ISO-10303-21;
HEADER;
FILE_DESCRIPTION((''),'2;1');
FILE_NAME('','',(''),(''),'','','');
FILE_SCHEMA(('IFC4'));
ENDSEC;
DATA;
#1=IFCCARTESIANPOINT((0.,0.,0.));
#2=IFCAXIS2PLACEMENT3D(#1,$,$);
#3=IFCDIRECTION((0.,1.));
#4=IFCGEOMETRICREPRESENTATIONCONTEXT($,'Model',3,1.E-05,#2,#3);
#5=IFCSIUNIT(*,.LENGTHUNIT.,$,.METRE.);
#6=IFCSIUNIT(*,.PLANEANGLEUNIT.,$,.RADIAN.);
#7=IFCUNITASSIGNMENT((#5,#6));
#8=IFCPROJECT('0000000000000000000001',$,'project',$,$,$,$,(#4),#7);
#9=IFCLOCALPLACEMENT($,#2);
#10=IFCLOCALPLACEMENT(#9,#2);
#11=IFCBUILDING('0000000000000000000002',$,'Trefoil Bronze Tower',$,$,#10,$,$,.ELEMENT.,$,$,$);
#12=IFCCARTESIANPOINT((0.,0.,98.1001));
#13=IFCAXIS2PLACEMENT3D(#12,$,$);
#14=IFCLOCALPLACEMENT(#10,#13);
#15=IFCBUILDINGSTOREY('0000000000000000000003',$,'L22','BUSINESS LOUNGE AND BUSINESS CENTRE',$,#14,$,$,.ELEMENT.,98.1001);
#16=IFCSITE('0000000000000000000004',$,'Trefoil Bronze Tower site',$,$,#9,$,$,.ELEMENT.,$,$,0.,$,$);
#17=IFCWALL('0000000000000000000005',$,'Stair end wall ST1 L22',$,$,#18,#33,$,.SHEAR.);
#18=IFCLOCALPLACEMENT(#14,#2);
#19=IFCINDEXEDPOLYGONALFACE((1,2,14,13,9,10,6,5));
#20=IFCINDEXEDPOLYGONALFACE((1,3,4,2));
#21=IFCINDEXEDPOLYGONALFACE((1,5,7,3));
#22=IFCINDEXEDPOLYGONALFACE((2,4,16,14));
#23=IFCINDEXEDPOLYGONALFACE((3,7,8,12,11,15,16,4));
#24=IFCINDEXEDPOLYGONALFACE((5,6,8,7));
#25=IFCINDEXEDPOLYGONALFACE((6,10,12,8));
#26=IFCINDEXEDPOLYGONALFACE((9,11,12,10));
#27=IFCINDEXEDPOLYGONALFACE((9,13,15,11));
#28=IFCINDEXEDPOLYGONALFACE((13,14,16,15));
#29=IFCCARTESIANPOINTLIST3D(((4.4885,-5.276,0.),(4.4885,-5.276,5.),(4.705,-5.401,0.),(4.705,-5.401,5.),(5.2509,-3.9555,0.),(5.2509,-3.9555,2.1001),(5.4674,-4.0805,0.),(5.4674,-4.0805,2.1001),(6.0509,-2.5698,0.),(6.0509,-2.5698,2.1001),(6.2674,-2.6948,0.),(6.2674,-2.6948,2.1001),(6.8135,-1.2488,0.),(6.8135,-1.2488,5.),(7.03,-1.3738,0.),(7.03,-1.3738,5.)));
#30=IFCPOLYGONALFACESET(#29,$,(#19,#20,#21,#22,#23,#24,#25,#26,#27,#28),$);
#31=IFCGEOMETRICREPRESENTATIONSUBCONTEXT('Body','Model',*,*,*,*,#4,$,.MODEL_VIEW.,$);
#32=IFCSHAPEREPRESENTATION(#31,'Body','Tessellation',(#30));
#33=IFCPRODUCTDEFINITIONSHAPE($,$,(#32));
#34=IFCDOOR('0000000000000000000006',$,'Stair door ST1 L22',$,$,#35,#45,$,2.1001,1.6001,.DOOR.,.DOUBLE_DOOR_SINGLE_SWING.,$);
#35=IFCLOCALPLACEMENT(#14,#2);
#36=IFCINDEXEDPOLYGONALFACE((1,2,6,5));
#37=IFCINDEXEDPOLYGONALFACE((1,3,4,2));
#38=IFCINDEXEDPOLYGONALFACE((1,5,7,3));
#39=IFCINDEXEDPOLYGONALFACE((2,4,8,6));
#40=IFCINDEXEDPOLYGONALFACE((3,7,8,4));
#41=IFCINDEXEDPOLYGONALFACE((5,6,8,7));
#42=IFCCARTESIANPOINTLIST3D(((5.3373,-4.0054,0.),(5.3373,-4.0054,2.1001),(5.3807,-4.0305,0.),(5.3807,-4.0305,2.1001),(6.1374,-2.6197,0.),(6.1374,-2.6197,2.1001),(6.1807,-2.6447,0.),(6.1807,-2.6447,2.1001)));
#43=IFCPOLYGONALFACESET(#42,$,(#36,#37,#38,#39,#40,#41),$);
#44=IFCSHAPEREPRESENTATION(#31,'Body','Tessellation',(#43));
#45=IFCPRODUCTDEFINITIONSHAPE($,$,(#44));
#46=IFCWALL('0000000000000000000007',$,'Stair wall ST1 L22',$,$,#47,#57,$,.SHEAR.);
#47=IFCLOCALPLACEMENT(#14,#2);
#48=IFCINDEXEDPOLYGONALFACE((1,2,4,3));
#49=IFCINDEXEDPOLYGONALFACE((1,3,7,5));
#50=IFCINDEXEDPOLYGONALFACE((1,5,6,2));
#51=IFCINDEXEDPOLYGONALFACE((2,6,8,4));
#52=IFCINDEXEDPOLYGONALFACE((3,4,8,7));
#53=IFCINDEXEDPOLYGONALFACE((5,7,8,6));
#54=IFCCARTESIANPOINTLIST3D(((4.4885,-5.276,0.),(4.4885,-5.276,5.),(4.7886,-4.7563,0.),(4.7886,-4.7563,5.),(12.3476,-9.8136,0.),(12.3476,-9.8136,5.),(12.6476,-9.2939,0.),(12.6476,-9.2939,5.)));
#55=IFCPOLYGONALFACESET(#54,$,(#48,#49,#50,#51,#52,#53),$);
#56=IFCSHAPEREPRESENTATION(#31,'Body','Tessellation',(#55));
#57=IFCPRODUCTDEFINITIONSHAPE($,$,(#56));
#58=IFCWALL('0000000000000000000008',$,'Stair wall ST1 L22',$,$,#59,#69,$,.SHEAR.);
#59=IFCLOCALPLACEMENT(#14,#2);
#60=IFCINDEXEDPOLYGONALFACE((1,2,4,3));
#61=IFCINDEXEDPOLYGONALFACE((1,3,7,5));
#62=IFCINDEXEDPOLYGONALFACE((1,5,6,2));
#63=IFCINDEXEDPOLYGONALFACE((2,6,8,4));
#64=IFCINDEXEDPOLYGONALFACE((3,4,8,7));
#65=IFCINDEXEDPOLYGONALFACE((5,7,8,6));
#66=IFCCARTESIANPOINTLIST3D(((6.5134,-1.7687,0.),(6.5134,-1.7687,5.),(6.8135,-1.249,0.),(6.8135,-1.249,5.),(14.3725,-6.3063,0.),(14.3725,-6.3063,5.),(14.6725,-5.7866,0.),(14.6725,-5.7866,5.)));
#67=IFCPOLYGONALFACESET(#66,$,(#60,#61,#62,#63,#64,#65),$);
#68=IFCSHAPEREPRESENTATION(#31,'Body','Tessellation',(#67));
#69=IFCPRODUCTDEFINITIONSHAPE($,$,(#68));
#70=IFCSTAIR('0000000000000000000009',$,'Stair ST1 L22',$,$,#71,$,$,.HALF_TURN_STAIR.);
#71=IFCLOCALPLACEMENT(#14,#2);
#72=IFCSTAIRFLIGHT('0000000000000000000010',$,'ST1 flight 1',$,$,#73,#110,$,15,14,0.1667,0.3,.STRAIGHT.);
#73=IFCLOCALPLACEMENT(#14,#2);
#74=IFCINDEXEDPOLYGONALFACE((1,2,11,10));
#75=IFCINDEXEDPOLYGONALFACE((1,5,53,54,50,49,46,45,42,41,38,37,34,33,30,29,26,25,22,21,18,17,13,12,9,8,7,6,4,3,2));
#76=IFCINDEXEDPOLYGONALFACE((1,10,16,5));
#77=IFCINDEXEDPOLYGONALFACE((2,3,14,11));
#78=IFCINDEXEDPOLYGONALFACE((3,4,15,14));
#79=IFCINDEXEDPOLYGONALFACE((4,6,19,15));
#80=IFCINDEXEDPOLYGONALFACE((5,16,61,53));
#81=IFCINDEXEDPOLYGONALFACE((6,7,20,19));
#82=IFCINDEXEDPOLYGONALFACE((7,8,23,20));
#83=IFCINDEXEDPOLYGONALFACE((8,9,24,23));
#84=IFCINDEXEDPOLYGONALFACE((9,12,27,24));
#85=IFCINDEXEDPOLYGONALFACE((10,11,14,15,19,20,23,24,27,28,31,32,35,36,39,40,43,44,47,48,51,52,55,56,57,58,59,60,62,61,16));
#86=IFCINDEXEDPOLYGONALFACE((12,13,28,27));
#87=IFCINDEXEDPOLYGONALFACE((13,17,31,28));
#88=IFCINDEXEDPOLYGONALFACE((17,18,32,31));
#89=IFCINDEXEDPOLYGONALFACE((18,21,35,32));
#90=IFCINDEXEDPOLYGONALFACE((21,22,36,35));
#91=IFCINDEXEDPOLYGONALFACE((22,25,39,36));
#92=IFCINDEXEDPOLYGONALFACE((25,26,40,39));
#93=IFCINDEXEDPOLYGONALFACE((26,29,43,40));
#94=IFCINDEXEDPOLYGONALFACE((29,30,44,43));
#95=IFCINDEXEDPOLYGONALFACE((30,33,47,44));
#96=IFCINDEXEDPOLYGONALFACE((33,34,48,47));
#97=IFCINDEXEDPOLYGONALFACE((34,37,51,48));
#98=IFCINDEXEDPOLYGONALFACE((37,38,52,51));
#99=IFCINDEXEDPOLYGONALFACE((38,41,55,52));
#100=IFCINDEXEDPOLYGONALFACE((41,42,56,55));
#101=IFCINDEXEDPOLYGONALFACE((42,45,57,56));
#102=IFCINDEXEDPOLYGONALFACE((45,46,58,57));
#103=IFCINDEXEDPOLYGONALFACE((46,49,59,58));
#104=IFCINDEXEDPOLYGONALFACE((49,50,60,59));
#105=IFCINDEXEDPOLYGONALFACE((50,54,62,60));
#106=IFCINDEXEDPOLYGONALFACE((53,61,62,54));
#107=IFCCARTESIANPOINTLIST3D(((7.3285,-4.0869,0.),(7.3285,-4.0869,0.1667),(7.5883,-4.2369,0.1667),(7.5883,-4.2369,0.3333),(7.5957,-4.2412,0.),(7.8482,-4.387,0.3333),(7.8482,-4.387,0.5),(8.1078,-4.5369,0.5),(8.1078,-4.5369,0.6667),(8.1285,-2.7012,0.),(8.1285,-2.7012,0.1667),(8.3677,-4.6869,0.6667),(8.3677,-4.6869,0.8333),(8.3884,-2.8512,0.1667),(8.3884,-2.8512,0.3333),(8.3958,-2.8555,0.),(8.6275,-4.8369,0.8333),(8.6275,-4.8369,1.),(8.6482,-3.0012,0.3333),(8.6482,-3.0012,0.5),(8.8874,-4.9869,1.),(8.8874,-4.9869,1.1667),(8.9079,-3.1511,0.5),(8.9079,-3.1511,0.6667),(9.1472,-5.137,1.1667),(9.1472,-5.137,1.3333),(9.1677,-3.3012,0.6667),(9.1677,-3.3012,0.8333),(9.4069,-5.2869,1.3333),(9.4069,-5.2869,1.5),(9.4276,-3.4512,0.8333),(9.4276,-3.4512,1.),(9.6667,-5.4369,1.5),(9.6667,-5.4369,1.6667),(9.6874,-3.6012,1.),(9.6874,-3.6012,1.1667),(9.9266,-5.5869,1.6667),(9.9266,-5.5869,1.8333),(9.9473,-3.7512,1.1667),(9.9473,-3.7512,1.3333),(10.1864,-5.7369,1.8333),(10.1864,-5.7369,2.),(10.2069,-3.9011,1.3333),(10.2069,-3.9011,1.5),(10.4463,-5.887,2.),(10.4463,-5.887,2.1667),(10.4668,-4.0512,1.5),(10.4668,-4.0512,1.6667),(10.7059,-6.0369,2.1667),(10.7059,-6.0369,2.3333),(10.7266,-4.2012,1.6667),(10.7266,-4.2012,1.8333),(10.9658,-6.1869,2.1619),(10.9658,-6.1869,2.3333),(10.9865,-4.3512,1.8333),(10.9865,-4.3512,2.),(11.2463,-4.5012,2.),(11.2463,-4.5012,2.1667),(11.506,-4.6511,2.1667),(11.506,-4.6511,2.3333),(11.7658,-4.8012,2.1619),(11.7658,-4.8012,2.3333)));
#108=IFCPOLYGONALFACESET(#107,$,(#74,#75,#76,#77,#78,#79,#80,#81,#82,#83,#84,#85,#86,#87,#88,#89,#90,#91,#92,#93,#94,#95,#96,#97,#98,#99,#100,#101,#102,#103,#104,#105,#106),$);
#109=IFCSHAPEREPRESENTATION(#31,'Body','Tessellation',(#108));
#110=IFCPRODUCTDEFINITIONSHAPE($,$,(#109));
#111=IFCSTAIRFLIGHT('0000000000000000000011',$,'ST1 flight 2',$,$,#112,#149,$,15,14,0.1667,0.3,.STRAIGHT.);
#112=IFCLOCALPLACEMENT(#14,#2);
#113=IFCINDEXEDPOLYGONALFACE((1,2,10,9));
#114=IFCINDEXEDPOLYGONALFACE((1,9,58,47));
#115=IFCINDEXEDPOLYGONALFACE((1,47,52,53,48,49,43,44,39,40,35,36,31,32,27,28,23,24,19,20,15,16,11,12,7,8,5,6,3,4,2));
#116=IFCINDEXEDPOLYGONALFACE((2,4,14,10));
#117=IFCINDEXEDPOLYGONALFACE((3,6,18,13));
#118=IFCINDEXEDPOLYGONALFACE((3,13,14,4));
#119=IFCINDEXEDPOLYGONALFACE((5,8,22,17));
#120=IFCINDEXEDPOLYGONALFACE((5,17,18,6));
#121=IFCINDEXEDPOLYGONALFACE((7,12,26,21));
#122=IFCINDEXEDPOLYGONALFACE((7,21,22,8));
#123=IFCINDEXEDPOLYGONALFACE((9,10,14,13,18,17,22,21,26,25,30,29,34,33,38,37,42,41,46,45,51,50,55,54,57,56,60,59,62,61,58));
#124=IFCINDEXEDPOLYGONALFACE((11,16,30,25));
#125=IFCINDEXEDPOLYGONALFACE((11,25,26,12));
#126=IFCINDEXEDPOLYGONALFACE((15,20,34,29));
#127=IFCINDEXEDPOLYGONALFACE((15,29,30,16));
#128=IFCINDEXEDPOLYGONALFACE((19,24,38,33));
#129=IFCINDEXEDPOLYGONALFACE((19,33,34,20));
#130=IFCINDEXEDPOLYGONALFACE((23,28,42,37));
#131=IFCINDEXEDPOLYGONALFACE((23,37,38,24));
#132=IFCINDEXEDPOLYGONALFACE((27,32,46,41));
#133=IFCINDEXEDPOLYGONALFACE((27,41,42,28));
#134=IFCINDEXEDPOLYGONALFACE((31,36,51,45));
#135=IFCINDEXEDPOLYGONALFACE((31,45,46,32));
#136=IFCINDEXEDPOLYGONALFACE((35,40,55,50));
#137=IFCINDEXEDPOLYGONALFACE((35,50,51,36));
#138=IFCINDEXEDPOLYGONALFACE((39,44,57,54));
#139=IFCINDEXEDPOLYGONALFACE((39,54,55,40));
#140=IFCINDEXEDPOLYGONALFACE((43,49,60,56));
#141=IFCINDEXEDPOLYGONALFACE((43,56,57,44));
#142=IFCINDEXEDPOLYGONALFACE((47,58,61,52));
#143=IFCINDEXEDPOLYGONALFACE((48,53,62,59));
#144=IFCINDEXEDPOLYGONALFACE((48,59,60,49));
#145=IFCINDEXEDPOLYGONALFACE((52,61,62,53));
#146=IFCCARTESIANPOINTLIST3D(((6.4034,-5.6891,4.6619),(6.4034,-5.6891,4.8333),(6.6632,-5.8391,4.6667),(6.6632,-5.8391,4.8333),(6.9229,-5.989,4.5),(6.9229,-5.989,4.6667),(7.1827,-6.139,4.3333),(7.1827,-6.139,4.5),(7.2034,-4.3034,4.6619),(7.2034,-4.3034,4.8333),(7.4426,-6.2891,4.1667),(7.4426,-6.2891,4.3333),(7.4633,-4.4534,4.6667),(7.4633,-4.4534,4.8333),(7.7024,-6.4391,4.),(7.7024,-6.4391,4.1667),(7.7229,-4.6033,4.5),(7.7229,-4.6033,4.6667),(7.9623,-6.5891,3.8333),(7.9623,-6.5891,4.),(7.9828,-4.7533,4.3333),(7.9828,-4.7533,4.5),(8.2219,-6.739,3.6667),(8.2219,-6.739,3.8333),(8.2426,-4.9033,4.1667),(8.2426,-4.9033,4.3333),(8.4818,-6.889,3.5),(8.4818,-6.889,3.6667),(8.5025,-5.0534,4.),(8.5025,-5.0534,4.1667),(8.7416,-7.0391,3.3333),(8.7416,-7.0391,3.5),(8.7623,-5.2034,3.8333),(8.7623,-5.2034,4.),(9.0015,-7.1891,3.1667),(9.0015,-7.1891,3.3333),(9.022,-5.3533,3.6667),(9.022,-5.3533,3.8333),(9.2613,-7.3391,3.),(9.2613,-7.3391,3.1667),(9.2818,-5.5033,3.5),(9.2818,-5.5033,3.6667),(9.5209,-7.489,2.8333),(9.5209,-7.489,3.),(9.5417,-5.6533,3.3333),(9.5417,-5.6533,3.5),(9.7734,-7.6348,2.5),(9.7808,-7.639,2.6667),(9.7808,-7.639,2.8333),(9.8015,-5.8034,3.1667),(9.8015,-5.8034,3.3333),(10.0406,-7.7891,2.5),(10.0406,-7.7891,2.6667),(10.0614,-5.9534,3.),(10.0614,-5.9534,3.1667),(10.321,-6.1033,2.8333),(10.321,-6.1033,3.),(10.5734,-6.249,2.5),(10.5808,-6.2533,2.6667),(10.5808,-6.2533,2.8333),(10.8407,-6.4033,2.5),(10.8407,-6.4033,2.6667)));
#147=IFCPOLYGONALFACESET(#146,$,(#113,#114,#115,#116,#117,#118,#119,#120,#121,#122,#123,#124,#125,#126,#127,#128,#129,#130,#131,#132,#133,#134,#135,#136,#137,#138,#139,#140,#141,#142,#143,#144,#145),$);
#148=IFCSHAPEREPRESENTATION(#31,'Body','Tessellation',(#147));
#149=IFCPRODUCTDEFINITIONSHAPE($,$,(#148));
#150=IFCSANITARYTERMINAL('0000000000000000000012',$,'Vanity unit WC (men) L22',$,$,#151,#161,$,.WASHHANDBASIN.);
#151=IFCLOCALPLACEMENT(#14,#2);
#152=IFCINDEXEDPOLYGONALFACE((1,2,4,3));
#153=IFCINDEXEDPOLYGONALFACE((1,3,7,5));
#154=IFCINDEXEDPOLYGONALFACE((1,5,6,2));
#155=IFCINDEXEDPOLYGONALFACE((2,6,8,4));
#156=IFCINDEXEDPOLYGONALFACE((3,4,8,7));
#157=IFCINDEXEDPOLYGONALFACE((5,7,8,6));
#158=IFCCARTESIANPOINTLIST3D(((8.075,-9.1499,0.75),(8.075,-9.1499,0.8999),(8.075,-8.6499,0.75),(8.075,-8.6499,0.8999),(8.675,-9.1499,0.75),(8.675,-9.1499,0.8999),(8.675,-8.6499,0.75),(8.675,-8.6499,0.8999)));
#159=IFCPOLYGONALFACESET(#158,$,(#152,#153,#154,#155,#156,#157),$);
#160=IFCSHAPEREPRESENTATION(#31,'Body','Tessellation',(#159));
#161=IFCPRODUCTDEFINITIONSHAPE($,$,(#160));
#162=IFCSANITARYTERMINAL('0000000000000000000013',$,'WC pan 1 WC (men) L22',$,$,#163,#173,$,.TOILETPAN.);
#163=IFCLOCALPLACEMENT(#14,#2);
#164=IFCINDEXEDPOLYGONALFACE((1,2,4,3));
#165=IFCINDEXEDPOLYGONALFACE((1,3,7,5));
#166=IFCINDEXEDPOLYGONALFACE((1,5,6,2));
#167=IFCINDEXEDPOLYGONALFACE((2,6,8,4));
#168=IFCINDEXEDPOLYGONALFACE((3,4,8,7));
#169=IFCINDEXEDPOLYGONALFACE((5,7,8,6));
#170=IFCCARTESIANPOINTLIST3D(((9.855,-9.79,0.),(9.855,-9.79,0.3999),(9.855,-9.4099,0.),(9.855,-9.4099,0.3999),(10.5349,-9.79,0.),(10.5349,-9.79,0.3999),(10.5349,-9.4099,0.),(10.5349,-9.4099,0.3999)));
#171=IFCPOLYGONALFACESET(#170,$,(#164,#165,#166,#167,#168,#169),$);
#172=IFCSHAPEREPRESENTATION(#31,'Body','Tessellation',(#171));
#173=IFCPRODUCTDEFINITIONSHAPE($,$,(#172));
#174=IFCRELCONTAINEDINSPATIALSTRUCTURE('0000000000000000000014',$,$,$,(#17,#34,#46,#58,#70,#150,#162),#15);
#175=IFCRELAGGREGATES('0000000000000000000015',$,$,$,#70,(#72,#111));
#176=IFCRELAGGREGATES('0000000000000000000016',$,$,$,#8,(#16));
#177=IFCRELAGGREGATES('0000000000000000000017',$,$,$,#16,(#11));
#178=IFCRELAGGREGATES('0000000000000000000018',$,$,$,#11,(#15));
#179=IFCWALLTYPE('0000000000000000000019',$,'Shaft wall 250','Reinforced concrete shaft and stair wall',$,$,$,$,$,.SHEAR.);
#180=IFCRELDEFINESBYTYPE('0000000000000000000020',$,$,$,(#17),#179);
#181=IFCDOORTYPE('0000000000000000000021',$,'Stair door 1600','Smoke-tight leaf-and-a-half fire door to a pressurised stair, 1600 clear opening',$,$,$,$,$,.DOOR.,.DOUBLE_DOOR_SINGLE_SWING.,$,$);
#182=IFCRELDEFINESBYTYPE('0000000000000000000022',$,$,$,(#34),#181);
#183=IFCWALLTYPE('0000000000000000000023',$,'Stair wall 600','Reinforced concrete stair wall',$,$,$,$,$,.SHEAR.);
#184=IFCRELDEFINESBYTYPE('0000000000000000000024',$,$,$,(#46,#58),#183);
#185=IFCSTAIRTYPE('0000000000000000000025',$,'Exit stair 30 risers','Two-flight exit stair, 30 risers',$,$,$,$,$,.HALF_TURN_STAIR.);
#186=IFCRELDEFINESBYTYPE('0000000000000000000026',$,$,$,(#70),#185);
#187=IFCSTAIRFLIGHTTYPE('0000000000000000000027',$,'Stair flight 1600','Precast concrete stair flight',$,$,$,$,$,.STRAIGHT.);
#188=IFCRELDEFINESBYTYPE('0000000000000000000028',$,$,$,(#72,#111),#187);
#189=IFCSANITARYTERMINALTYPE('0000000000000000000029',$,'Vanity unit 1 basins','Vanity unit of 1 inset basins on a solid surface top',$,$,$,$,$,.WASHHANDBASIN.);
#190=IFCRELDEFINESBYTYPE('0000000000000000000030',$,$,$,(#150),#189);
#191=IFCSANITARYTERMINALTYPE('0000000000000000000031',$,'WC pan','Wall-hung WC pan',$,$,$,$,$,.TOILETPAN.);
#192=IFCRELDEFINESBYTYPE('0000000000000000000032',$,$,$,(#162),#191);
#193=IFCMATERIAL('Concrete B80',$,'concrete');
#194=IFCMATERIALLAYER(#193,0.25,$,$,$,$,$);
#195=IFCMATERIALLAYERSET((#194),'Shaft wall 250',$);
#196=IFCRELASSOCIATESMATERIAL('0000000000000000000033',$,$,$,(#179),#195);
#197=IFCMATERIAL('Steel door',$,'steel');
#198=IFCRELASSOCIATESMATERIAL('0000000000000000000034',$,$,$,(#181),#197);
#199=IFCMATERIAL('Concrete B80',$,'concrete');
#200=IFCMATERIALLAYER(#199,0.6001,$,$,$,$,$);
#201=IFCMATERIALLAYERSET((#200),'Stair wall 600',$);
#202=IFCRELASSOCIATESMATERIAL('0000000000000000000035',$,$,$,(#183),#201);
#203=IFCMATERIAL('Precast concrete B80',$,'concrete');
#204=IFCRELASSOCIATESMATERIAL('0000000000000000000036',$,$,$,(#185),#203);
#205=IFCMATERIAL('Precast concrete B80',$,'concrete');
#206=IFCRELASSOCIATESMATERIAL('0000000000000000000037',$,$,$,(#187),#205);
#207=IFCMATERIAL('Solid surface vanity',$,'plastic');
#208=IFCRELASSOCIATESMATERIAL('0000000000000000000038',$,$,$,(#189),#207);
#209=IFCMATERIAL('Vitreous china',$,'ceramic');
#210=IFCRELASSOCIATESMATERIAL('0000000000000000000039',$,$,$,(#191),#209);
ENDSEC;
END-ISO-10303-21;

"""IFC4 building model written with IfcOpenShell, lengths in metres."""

from ifc_helpers import new_model, si_unit, direction, frame, frame_2d, origin, place, context, subcontext, project, spatial, polyline, rectangle, outline, extrude, material, layer, layer_set, type_object, element, fill, aggregate, save


model = new_model("IFC4")

# Units and contexts
model_context = context("Model", 3, precision=1e-05, world=origin(), true_north=direction((0.0, 1.0)))
body_context = subcontext(model_context, "Body", "Model", "MODEL_VIEW")
ifc_project = project(units=[si_unit("LENGTHUNIT", "METRE"), si_unit("PLANEANGLEUNIT", "RADIAN")], contexts=[model_context])

# Site, building, storey
site_placement = place(None, origin())
site = spatial("IfcSite", under=ifc_project, at=site_placement, Name="Trefoil Bronze Tower site", CompositionType="ELEMENT", RefElevation=0.0)
building_placement = place(site_placement, origin())
building = spatial("IfcBuilding", under=site, at=building_placement, Name="Trefoil Bronze Tower", CompositionType="ELEMENT")
storey_placement = place(building_placement, frame((0.0, 0.0, 98.1001)))
storey = spatial("IfcBuildingStorey", under=building, at=storey_placement, Name="L22", Description="BUSINESS LOUNGE AND BUSINESS CENTRE", CompositionType="ELEMENT", Elevation=98.1001)

# Wall, opening, door
ifc_material_1 = material(Name="Concrete B80", Category="concrete")
ifc_layer_1 = layer(ifc_material_1, 0.25)
ifc_layer_set_1 = layer_set([ifc_layer_1], Name="Shaft wall 250")
wall_type_1 = type_object("IfcWallType", Name="Shaft wall 250", Description="Reinforced concrete shaft and stair wall", PredefinedType="SHEAR", material=ifc_layer_set_1)
wall_1_placement = place(storey_placement, frame((4.5967, -5.3386, 0.0), z_axis=(0.0, 0.0, 1.0), x_axis=(0.499985, 0.866034, 0.0)))
wall_1 = element("IfcWall", 1, at=wall_1_placement, inside=storey, type_object=wall_type_1, Name="Stair end wall ST1 L22", PredefinedType="SHEAR", context=body_context, shape_type="SweptSolid", body=[
    extrude(rectangle(XDim=4.6501, YDim=0.25, at=frame_2d((2.3252, 0.0))), origin(), (0.0, 0.0, 1.0), 5.0),
])
opening_1_placement = place(wall_1_placement, frame((1.5249, 0.0, 0.0)))
opening_1 = element("IfcOpeningElement", 2, at=opening_1_placement, cuts=wall_1, PredefinedType="OPENING", context=body_context, shape_type="SweptSolid", body=[
    extrude(rectangle(XDim=1.6001, YDim=2.1001, at=frame_2d((0.8, 1.05))), frame((0.0, 0.135, 0.0), z_axis=(0.0, -1.0, 0.0), x_axis=(1.0, 0.0, 0.0)), (0.0, 0.0, 1.0), 0.27),
])
ifc_material_2 = material(Name="Steel door", Category="steel")
door_type_1 = type_object("IfcDoorType", Name="Stair door 1600", Description="Smoke-tight leaf-and-a-half fire door to a pressurised stair, 1600 clear opening", OperationType="DOUBLE_DOOR_SINGLE_SWING", PredefinedType="DOOR", material=ifc_material_2)
door_1_placement = place(opening_1_placement, frame((1.6001, 0.0, 0.0), z_axis=(0.0, 0.0, 1.0), x_axis=(-1.0, 0.0, 0.0)))
door_1 = element("IfcDoor", 3, at=door_1_placement, inside=storey, type_object=door_type_1, Name="Stair door ST1 L22", OperationType="DOUBLE_DOOR_SINGLE_SWING", OverallHeight=2.1001, OverallWidth=1.6001, PredefinedType="DOOR", context=body_context, shape_type="SweptSolid", body=[
    extrude(rectangle(XDim=1.6001, YDim=2.1001, at=frame_2d((0.8, 1.05))), frame((0.0, 0.0249, 0.0), z_axis=(0.0, -1.0, 0.0), x_axis=(1.0, 0.0, 0.0)), (0.0, 0.0, 1.0), 0.05),
])
fill(opening_1, door_1)

# Walls
ifc_material_3 = material(Name="Concrete B80", Category="concrete")
ifc_layer_2 = layer(ifc_material_3, 0.6001)
ifc_layer_set_2 = layer_set([ifc_layer_2], Name="Stair wall 600")
wall_type_2 = type_object("IfcWallType", Name="Stair wall 600", Description="Reinforced concrete stair wall", PredefinedType="SHEAR", material=ifc_layer_set_2)
for number, where, z_axis, x_axis, name in (
    (4, (4.6384, -5.0161, 0.0), (0.0, 0.0, 1.0), (0.866019, -0.50001, 0.0), "Stair wall ST1 L22"),
    (5, (6.6633, -1.5088, 0.0), (0.0, 0.0, 1.0), (0.866019, -0.50001, 0.0), "Stair wall ST1 L22"),
):
    element("IfcWall", number, at=place(storey_placement, frame(where, z_axis=z_axis, x_axis=x_axis)), inside=storey, type_object=wall_type_2, Name=name, PredefinedType="SHEAR", context=body_context, shape_type="SweptSolid", body=[
        extrude(rectangle(XDim=9.075, YDim=0.6001, at=frame_2d((4.5376, 0.0))), origin(), (0.0, 0.0, 1.0), 5.0),
    ])

# Stair, stair flights
ifc_material_4 = material(Name="Precast concrete B80", Category="concrete")
stair_type = type_object("IfcStairType", Name="Exit stair 30 risers", Description="Two-flight exit stair, 30 risers", PredefinedType="HALF_TURN_STAIR", material=ifc_material_4)
stair_placement = place(storey_placement, origin())
stair = element("IfcStair", 6, at=stair_placement, inside=storey, type_object=stair_type, Name="Stair ST1 L22", PredefinedType="HALF_TURN_STAIR")
ifc_material_5 = material(Name="Precast concrete B80", Category="concrete")
stair_flight_type = type_object("IfcStairFlightType", Name="Stair flight 1600", Description="Precast concrete stair flight", PredefinedType="STRAIGHT", material=ifc_material_5)
stair_flight_1_placement = place(storey_placement, frame((7.7285, -3.394, 0.0), z_axis=(0.0, 0.0, 1.0), x_axis=(0.866025, -0.5, 0.0)))
stair_flight_1 = element("IfcStairFlight", 7, at=stair_flight_1_placement, type_object=stair_flight_type, Name="ST1 flight 1", NumberOfRisers=15, NumberOfTreads=14, PredefinedType="STRAIGHT", RiserHeight=0.1667, TreadLength=0.3, context=body_context, shape_type="SweptSolid", body=[
    extrude(outline(polyline([(0.0, 0.0), (0.0, 0.1667), (0.3, 0.1667), (0.3, 0.3333), (0.6001, 0.3333), (0.6001, 0.5), (0.8999, 0.5), (0.8999, 0.6667), (1.2, 0.6667), (1.2, 0.8333), (1.5, 0.8333), (1.5, 1.0), (1.8, 1.0), (1.8, 1.1667), (2.1001, 1.1667), (2.1001, 1.3333), (2.3999, 1.3333), (2.3999, 1.5), (2.7, 1.5), (2.7, 1.6667), (3.0, 1.6667), (3.0, 1.8333), (3.3, 1.8333), (3.3, 2.0), (3.6001, 2.0), (3.6001, 2.1667), (3.8999, 2.1667), (3.8999, 2.3333), (4.2, 2.3333), (4.2, 2.5), (4.2, 2.1619), (0.3086, 0.0), (0.0, 0.0)])), frame((0.0, 0.8, 0.0), z_axis=(0.0, -1.0, 0.0), x_axis=(1.0, 0.0, 0.0)), (0.0, 0.0, 1.0), 1.6001),
])
stair_flight_2_placement = place(storey_placement, frame((10.4407, -7.0962, 2.5), z_axis=(0.0, 0.0, 1.0), x_axis=(-0.866025, 0.5, 0.0)))
stair_flight_2 = element("IfcStairFlight", 8, at=stair_flight_2_placement, type_object=stair_flight_type, Name="ST1 flight 2", NumberOfRisers=15, NumberOfTreads=14, PredefinedType="STRAIGHT", RiserHeight=0.1667, TreadLength=0.3, context=body_context, shape_type="SweptSolid", body=[
    extrude(outline(polyline([(0.0, 0.0), (0.0, 0.1667), (0.3, 0.1667), (0.3, 0.3333), (0.6001, 0.3333), (0.6001, 0.5), (0.8999, 0.5), (0.8999, 0.6667), (1.2, 0.6667), (1.2, 0.8333), (1.5, 0.8333), (1.5, 1.0), (1.8, 1.0), (1.8, 1.1667), (2.1001, 1.1667), (2.1001, 1.3333), (2.3999, 1.3333), (2.3999, 1.5), (2.7, 1.5), (2.7, 1.6667), (3.0, 1.6667), (3.0, 1.8333), (3.3, 1.8333), (3.3, 2.0), (3.6001, 2.0), (3.6001, 2.1667), (3.8999, 2.1667), (3.8999, 2.3333), (4.2, 2.3333), (4.2, 2.5), (4.2, 2.1619), (0.3086, 0.0), (0.0, 0.0)])), frame((0.0, 0.8, 0.0), z_axis=(0.0, -1.0, 0.0), x_axis=(1.0, 0.0, 0.0)), (0.0, 0.0, 1.0), 1.6001),
])
aggregate(stair, [stair_flight_1, stair_flight_2])

# Sanitary terminals
ifc_material_6 = material(Name="Solid surface vanity", Category="plastic")
sanitary_terminal_type_1 = type_object("IfcSanitaryTerminalType", Name="Vanity unit 1 basins", Description="Vanity unit of 1 inset basins on a solid surface top", PredefinedType="WASHHANDBASIN", material=ifc_material_6)
sanitary_terminal_1_placement = place(storey_placement, frame((0.0, 0.0, 0.75)))
element("IfcSanitaryTerminal", 9, at=sanitary_terminal_1_placement, inside=storey, type_object=sanitary_terminal_type_1, Name="Vanity unit WC (men) L22", PredefinedType="WASHHANDBASIN", context=body_context, shape_type="SweptSolid", body=[
    extrude(outline(polyline([(8.075, -8.6499), (8.675, -8.6499), (8.675, -9.1499), (8.075, -9.1499), (8.075, -8.6499)])), origin(), (0.0, 0.0, 1.0), 0.1499),
])
ifc_material_7 = material(Name="Vitreous china", Category="ceramic")
sanitary_terminal_type_2 = type_object("IfcSanitaryTerminalType", Name="WC pan", Description="Wall-hung WC pan", PredefinedType="TOILETPAN", material=ifc_material_7)
sanitary_terminal_2_placement = place(storey_placement, origin())
element("IfcSanitaryTerminal", 10, at=sanitary_terminal_2_placement, inside=storey, type_object=sanitary_terminal_type_2, Name="WC pan 1 WC (men) L22", PredefinedType="TOILETPAN", context=body_context, shape_type="SweptSolid", body=[
    extrude(outline(polyline([(9.855, -9.4099), (10.5349, -9.4099), (10.5349, -9.79), (9.855, -9.79), (9.855, -9.4099)])), origin(), (0.0, 0.0, 1.0), 0.3999),
])

save(model, "model.ifc")
